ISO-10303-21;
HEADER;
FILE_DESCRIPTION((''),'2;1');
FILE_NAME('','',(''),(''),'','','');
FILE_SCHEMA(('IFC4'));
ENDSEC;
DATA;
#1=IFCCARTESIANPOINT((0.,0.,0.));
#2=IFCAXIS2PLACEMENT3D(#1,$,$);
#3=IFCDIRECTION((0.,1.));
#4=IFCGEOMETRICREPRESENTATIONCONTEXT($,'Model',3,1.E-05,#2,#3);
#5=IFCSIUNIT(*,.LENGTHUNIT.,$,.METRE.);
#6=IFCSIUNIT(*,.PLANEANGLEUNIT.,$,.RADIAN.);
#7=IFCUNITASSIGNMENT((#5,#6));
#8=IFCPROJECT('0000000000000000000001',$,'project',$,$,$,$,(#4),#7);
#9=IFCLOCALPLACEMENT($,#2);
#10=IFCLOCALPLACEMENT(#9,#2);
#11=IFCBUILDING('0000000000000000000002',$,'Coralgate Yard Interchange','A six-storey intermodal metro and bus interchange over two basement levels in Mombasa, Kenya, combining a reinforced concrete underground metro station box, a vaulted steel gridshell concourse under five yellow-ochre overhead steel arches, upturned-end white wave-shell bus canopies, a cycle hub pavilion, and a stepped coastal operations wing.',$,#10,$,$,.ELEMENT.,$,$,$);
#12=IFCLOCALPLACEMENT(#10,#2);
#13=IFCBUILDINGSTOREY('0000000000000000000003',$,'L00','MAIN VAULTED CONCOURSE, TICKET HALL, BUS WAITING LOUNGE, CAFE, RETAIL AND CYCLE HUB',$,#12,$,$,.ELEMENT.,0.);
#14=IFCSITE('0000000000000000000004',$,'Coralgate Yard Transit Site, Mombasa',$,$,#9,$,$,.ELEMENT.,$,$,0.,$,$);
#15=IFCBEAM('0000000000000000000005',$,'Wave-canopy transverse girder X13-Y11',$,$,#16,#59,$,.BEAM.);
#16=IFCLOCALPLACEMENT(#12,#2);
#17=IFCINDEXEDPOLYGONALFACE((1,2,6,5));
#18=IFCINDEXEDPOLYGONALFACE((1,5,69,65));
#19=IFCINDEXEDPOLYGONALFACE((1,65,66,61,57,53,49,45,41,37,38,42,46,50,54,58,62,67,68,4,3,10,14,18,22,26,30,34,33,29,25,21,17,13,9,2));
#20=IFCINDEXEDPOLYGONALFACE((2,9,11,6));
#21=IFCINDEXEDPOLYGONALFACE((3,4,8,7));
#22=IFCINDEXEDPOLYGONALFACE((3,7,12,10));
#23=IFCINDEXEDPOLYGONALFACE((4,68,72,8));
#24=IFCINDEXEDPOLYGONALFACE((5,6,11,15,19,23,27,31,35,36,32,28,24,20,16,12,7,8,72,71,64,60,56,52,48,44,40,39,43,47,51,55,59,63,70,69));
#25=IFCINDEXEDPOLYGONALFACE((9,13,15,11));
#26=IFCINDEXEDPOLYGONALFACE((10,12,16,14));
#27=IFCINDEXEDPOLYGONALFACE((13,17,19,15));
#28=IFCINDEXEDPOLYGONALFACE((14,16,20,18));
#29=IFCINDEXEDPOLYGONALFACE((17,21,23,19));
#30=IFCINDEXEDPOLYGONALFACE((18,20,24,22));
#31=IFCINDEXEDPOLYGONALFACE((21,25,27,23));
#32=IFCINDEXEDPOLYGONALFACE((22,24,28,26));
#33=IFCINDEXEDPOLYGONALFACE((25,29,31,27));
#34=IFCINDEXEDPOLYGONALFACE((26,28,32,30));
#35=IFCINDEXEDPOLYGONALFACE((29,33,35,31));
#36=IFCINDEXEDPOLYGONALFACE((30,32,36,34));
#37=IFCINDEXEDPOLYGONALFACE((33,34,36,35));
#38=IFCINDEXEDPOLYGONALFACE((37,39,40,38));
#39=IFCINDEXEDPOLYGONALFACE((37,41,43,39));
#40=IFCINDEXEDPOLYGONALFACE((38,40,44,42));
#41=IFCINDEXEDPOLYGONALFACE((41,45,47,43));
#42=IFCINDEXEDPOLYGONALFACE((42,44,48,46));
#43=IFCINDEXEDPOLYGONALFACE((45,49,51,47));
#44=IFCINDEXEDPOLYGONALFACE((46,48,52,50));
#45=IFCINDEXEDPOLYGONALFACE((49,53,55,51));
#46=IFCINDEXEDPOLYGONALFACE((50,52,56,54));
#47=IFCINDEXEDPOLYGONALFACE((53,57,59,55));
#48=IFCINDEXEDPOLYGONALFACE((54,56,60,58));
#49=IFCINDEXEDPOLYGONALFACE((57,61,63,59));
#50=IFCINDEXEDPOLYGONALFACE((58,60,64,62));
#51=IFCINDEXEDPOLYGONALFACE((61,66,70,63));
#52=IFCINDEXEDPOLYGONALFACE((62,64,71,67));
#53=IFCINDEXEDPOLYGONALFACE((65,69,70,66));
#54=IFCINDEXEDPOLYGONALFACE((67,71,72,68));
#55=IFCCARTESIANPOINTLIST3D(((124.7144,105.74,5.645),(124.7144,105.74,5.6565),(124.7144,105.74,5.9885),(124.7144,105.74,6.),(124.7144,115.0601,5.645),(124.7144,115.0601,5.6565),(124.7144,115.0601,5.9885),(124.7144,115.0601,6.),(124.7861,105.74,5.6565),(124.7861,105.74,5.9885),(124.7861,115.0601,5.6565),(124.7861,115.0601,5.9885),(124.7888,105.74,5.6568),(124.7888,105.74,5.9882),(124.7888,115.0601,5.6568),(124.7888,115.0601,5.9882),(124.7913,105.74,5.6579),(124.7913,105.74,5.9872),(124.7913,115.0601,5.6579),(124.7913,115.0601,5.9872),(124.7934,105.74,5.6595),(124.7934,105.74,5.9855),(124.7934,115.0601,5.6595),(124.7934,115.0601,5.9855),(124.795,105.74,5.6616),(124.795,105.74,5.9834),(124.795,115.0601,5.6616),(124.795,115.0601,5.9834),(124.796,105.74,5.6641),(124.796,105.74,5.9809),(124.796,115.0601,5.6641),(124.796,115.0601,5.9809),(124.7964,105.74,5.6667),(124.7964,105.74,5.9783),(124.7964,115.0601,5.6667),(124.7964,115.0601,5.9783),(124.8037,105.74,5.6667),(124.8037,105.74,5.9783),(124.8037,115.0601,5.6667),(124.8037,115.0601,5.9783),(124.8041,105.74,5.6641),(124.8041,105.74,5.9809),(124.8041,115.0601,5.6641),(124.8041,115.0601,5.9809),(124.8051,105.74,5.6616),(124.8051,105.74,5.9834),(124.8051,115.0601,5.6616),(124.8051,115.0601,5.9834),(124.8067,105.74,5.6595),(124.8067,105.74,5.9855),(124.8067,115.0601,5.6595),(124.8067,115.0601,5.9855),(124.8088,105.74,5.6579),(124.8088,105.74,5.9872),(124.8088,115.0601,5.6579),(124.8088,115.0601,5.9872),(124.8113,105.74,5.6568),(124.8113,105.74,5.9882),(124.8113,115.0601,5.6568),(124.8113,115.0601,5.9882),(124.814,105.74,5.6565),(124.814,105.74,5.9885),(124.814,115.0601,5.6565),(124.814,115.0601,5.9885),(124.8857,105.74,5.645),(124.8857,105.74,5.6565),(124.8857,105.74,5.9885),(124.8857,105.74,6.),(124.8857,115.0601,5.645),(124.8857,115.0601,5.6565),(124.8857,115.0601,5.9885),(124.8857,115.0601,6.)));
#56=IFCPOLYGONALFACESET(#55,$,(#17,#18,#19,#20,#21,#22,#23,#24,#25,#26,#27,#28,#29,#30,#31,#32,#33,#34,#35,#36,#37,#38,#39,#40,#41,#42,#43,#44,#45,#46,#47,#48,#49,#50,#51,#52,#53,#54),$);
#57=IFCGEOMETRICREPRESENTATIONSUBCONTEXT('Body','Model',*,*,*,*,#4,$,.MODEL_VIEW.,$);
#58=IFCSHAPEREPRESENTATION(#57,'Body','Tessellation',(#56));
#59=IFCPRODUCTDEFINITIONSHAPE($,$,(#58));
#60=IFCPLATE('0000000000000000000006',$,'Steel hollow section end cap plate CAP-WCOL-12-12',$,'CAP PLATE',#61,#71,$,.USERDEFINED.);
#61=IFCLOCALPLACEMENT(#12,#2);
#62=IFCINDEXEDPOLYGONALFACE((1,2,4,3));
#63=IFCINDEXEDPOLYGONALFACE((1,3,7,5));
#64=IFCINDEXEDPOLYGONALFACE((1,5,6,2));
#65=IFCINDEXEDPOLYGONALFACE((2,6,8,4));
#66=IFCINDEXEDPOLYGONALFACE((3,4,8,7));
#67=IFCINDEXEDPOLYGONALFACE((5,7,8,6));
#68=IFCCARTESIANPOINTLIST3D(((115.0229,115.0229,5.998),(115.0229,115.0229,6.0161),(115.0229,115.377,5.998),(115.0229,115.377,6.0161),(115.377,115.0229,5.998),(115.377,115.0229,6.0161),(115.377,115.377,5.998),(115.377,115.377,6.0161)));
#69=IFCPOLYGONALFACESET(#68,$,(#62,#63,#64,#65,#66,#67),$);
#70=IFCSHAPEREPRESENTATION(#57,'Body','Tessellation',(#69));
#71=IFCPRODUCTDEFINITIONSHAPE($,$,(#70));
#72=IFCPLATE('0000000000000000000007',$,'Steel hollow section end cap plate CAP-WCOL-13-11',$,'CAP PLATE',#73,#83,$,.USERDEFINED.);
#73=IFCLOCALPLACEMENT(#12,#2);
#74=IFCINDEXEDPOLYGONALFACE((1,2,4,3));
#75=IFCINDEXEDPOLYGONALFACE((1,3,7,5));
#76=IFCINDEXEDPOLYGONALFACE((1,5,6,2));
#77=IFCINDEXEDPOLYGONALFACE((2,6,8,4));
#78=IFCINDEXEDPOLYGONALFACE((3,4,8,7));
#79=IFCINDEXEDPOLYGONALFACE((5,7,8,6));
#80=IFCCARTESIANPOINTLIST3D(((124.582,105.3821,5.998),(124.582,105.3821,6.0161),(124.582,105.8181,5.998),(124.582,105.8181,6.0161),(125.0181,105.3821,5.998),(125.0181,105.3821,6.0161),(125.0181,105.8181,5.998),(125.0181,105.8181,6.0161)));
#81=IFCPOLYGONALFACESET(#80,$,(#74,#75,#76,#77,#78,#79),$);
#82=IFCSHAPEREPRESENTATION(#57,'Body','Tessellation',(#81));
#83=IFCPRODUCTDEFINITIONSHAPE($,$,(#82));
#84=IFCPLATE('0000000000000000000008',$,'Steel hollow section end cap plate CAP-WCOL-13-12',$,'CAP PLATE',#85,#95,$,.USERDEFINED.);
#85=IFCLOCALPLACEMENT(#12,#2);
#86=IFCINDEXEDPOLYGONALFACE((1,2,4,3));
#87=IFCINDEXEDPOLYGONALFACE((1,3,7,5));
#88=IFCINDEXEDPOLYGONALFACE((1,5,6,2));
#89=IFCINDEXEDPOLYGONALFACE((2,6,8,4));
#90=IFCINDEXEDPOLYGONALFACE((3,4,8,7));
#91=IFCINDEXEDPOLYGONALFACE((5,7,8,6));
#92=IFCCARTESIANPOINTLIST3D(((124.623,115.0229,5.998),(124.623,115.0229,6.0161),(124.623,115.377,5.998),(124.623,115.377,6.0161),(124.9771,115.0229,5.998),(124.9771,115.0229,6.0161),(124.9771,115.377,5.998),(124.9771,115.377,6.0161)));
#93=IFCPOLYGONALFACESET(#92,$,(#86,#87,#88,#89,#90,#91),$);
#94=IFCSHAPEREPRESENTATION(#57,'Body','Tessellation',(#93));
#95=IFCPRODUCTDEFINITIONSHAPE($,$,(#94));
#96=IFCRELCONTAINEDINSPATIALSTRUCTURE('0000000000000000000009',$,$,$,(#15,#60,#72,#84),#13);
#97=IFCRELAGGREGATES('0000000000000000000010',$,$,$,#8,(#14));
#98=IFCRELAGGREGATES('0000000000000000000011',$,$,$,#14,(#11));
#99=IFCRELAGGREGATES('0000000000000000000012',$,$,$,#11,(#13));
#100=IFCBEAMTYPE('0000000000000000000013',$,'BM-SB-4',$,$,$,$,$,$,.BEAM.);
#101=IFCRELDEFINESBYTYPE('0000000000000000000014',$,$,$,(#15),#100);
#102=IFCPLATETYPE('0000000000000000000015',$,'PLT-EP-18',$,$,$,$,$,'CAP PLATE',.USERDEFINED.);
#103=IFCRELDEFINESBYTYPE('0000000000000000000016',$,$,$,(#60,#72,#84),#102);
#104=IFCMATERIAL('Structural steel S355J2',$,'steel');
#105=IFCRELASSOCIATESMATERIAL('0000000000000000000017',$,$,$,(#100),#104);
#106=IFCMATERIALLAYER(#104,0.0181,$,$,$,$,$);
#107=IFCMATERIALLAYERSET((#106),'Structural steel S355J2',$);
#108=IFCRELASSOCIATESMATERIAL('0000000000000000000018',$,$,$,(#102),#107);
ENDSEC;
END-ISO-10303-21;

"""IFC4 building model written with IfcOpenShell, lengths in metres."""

from ifc_helpers import new_model, si_unit, direction, frame, origin, origin_2d, place, context, subcontext, project, spatial, rectangle, i_section, extrude, material, layer, layer_set, material_profile, profile_set, type_object, element, save


model = new_model("IFC4")

# Units and contexts
model_context = context("Model", 3, precision=1e-05, world=origin(), true_north=direction((0.0, 1.0)))
body_context = subcontext(model_context, "Body", "Model", "MODEL_VIEW")
ifc_project = project(units=[si_unit("LENGTHUNIT", "METRE"), si_unit("PLANEANGLEUNIT", "RADIAN")], contexts=[model_context])

# Site, building, storey
site_placement = place(None, origin())
site = spatial("IfcSite", under=ifc_project, at=site_placement, Name="Coralgate Yard Transit Site, Mombasa", CompositionType="ELEMENT", RefElevation=0.0)
building_placement = place(site_placement, origin())
building = spatial("IfcBuilding", under=site, at=building_placement, Name="Coralgate Yard Interchange", Description="A six-storey intermodal metro and bus interchange over two basement levels in Mombasa, Kenya, combining a reinforced concrete underground metro station box, a vaulted steel gridshell concourse under five yellow-ochre overhead steel arches, upturned-end white wave-shell bus canopies, a cycle hub pavilion, and a stepped coastal operations wing.", CompositionType="ELEMENT")
storey_placement = place(building_placement, origin())
storey = spatial("IfcBuildingStorey", under=building, at=storey_placement, Name="L00", Description="MAIN VAULTED CONCOURSE, TICKET HALL, BUS WAITING LOUNGE, CAFE, RETAIL AND CYCLE HUB", CompositionType="ELEMENT", Elevation=0.0)

# Shared definitions
ifc_material_1 = material(Name="Structural steel S355J2", Category="steel")

# Beam
ifc_material_profile_1 = material_profile(ifc_material_1, i_section(OverallWidth=0.1714, OverallDepth=0.355, WebThickness=0.0073, FlangeThickness=0.0115, FilletRadius=0.0103, at=origin_2d()), Name="UB 356x171x51")
ifc_profile_set_1 = profile_set([ifc_material_profile_1], Name="Structural steel S355J2")
beam_type_1 = type_object("IfcBeamType", Name="BM-SB-4", PredefinedType="BEAM", material=ifc_profile_set_1)
for number, where, z_axis, x_axis, name in (
    (1, (124.8, 105.74, 5.8225), (0.0, 1.0, 0.0), (-1.0, 0.0, 0.0), "Wave-canopy transverse girder X13-Y11"),
):
    element("IfcBeam", number, at=place(storey_placement, frame(where, z_axis=z_axis, x_axis=x_axis)), inside=storey, type_object=beam_type_1, Name=name, PredefinedType="BEAM", context=body_context, shape_type="SweptSolid", body=[
        extrude(i_section(OverallWidth=0.1714, OverallDepth=0.355, WebThickness=0.0073, FlangeThickness=0.0115, FilletRadius=0.0103, at=origin_2d()), origin(), (0.0, 0.0, 1.0), 9.3201),
    ])

# Plates
ifc_layer = layer(ifc_material_1, 0.0181)
ifc_layer_set = layer_set([ifc_layer], Name="Structural steel S355J2")
plate_type = type_object("IfcPlateType", Name="PLT-EP-18", ElementType="CAP PLATE", PredefinedType="USERDEFINED", material=ifc_layer_set)
plate_1_placement = place(storey_placement, frame((115.2, 115.2, 5.998), z_axis=(0.0, 0.0, 1.0), x_axis=(1.0, 0.0, 0.0)))
element("IfcPlate", 2, at=plate_1_placement, inside=storey, type_object=plate_type, Name="Steel hollow section end cap plate CAP-WCOL-12-12", ObjectType="CAP PLATE", PredefinedType="USERDEFINED", context=body_context, shape_type="SweptSolid", body=[
    extrude(rectangle(XDim=0.354, YDim=0.354, at=origin_2d()), origin(), (0.0, 0.0, 1.0), 0.0181),
])
plate_2_placement = place(storey_placement, frame((124.8, 105.6001, 5.998), z_axis=(0.0, 0.0, 1.0), x_axis=(1.0, 0.0, 0.0)))
element("IfcPlate", 3, at=plate_2_placement, inside=storey, type_object=plate_type, Name="Steel hollow section end cap plate CAP-WCOL-13-11", ObjectType="CAP PLATE", PredefinedType="USERDEFINED", context=body_context, shape_type="SweptSolid", body=[
    extrude(rectangle(XDim=0.436, YDim=0.436, at=origin_2d()), origin(), (0.0, 0.0, 1.0), 0.0181),
])
plate_3_placement = place(storey_placement, frame((124.8, 115.2, 5.998), z_axis=(0.0, 0.0, 1.0), x_axis=(1.0, 0.0, 0.0)))
element("IfcPlate", 4, at=plate_3_placement, inside=storey, type_object=plate_type, Name="Steel hollow section end cap plate CAP-WCOL-13-12", ObjectType="CAP PLATE", PredefinedType="USERDEFINED", context=body_context, shape_type="SweptSolid", body=[
    extrude(rectangle(XDim=0.354, YDim=0.354, at=origin_2d()), origin(), (0.0, 0.0, 1.0), 0.0181),
])

save(model, "model.ifc")
